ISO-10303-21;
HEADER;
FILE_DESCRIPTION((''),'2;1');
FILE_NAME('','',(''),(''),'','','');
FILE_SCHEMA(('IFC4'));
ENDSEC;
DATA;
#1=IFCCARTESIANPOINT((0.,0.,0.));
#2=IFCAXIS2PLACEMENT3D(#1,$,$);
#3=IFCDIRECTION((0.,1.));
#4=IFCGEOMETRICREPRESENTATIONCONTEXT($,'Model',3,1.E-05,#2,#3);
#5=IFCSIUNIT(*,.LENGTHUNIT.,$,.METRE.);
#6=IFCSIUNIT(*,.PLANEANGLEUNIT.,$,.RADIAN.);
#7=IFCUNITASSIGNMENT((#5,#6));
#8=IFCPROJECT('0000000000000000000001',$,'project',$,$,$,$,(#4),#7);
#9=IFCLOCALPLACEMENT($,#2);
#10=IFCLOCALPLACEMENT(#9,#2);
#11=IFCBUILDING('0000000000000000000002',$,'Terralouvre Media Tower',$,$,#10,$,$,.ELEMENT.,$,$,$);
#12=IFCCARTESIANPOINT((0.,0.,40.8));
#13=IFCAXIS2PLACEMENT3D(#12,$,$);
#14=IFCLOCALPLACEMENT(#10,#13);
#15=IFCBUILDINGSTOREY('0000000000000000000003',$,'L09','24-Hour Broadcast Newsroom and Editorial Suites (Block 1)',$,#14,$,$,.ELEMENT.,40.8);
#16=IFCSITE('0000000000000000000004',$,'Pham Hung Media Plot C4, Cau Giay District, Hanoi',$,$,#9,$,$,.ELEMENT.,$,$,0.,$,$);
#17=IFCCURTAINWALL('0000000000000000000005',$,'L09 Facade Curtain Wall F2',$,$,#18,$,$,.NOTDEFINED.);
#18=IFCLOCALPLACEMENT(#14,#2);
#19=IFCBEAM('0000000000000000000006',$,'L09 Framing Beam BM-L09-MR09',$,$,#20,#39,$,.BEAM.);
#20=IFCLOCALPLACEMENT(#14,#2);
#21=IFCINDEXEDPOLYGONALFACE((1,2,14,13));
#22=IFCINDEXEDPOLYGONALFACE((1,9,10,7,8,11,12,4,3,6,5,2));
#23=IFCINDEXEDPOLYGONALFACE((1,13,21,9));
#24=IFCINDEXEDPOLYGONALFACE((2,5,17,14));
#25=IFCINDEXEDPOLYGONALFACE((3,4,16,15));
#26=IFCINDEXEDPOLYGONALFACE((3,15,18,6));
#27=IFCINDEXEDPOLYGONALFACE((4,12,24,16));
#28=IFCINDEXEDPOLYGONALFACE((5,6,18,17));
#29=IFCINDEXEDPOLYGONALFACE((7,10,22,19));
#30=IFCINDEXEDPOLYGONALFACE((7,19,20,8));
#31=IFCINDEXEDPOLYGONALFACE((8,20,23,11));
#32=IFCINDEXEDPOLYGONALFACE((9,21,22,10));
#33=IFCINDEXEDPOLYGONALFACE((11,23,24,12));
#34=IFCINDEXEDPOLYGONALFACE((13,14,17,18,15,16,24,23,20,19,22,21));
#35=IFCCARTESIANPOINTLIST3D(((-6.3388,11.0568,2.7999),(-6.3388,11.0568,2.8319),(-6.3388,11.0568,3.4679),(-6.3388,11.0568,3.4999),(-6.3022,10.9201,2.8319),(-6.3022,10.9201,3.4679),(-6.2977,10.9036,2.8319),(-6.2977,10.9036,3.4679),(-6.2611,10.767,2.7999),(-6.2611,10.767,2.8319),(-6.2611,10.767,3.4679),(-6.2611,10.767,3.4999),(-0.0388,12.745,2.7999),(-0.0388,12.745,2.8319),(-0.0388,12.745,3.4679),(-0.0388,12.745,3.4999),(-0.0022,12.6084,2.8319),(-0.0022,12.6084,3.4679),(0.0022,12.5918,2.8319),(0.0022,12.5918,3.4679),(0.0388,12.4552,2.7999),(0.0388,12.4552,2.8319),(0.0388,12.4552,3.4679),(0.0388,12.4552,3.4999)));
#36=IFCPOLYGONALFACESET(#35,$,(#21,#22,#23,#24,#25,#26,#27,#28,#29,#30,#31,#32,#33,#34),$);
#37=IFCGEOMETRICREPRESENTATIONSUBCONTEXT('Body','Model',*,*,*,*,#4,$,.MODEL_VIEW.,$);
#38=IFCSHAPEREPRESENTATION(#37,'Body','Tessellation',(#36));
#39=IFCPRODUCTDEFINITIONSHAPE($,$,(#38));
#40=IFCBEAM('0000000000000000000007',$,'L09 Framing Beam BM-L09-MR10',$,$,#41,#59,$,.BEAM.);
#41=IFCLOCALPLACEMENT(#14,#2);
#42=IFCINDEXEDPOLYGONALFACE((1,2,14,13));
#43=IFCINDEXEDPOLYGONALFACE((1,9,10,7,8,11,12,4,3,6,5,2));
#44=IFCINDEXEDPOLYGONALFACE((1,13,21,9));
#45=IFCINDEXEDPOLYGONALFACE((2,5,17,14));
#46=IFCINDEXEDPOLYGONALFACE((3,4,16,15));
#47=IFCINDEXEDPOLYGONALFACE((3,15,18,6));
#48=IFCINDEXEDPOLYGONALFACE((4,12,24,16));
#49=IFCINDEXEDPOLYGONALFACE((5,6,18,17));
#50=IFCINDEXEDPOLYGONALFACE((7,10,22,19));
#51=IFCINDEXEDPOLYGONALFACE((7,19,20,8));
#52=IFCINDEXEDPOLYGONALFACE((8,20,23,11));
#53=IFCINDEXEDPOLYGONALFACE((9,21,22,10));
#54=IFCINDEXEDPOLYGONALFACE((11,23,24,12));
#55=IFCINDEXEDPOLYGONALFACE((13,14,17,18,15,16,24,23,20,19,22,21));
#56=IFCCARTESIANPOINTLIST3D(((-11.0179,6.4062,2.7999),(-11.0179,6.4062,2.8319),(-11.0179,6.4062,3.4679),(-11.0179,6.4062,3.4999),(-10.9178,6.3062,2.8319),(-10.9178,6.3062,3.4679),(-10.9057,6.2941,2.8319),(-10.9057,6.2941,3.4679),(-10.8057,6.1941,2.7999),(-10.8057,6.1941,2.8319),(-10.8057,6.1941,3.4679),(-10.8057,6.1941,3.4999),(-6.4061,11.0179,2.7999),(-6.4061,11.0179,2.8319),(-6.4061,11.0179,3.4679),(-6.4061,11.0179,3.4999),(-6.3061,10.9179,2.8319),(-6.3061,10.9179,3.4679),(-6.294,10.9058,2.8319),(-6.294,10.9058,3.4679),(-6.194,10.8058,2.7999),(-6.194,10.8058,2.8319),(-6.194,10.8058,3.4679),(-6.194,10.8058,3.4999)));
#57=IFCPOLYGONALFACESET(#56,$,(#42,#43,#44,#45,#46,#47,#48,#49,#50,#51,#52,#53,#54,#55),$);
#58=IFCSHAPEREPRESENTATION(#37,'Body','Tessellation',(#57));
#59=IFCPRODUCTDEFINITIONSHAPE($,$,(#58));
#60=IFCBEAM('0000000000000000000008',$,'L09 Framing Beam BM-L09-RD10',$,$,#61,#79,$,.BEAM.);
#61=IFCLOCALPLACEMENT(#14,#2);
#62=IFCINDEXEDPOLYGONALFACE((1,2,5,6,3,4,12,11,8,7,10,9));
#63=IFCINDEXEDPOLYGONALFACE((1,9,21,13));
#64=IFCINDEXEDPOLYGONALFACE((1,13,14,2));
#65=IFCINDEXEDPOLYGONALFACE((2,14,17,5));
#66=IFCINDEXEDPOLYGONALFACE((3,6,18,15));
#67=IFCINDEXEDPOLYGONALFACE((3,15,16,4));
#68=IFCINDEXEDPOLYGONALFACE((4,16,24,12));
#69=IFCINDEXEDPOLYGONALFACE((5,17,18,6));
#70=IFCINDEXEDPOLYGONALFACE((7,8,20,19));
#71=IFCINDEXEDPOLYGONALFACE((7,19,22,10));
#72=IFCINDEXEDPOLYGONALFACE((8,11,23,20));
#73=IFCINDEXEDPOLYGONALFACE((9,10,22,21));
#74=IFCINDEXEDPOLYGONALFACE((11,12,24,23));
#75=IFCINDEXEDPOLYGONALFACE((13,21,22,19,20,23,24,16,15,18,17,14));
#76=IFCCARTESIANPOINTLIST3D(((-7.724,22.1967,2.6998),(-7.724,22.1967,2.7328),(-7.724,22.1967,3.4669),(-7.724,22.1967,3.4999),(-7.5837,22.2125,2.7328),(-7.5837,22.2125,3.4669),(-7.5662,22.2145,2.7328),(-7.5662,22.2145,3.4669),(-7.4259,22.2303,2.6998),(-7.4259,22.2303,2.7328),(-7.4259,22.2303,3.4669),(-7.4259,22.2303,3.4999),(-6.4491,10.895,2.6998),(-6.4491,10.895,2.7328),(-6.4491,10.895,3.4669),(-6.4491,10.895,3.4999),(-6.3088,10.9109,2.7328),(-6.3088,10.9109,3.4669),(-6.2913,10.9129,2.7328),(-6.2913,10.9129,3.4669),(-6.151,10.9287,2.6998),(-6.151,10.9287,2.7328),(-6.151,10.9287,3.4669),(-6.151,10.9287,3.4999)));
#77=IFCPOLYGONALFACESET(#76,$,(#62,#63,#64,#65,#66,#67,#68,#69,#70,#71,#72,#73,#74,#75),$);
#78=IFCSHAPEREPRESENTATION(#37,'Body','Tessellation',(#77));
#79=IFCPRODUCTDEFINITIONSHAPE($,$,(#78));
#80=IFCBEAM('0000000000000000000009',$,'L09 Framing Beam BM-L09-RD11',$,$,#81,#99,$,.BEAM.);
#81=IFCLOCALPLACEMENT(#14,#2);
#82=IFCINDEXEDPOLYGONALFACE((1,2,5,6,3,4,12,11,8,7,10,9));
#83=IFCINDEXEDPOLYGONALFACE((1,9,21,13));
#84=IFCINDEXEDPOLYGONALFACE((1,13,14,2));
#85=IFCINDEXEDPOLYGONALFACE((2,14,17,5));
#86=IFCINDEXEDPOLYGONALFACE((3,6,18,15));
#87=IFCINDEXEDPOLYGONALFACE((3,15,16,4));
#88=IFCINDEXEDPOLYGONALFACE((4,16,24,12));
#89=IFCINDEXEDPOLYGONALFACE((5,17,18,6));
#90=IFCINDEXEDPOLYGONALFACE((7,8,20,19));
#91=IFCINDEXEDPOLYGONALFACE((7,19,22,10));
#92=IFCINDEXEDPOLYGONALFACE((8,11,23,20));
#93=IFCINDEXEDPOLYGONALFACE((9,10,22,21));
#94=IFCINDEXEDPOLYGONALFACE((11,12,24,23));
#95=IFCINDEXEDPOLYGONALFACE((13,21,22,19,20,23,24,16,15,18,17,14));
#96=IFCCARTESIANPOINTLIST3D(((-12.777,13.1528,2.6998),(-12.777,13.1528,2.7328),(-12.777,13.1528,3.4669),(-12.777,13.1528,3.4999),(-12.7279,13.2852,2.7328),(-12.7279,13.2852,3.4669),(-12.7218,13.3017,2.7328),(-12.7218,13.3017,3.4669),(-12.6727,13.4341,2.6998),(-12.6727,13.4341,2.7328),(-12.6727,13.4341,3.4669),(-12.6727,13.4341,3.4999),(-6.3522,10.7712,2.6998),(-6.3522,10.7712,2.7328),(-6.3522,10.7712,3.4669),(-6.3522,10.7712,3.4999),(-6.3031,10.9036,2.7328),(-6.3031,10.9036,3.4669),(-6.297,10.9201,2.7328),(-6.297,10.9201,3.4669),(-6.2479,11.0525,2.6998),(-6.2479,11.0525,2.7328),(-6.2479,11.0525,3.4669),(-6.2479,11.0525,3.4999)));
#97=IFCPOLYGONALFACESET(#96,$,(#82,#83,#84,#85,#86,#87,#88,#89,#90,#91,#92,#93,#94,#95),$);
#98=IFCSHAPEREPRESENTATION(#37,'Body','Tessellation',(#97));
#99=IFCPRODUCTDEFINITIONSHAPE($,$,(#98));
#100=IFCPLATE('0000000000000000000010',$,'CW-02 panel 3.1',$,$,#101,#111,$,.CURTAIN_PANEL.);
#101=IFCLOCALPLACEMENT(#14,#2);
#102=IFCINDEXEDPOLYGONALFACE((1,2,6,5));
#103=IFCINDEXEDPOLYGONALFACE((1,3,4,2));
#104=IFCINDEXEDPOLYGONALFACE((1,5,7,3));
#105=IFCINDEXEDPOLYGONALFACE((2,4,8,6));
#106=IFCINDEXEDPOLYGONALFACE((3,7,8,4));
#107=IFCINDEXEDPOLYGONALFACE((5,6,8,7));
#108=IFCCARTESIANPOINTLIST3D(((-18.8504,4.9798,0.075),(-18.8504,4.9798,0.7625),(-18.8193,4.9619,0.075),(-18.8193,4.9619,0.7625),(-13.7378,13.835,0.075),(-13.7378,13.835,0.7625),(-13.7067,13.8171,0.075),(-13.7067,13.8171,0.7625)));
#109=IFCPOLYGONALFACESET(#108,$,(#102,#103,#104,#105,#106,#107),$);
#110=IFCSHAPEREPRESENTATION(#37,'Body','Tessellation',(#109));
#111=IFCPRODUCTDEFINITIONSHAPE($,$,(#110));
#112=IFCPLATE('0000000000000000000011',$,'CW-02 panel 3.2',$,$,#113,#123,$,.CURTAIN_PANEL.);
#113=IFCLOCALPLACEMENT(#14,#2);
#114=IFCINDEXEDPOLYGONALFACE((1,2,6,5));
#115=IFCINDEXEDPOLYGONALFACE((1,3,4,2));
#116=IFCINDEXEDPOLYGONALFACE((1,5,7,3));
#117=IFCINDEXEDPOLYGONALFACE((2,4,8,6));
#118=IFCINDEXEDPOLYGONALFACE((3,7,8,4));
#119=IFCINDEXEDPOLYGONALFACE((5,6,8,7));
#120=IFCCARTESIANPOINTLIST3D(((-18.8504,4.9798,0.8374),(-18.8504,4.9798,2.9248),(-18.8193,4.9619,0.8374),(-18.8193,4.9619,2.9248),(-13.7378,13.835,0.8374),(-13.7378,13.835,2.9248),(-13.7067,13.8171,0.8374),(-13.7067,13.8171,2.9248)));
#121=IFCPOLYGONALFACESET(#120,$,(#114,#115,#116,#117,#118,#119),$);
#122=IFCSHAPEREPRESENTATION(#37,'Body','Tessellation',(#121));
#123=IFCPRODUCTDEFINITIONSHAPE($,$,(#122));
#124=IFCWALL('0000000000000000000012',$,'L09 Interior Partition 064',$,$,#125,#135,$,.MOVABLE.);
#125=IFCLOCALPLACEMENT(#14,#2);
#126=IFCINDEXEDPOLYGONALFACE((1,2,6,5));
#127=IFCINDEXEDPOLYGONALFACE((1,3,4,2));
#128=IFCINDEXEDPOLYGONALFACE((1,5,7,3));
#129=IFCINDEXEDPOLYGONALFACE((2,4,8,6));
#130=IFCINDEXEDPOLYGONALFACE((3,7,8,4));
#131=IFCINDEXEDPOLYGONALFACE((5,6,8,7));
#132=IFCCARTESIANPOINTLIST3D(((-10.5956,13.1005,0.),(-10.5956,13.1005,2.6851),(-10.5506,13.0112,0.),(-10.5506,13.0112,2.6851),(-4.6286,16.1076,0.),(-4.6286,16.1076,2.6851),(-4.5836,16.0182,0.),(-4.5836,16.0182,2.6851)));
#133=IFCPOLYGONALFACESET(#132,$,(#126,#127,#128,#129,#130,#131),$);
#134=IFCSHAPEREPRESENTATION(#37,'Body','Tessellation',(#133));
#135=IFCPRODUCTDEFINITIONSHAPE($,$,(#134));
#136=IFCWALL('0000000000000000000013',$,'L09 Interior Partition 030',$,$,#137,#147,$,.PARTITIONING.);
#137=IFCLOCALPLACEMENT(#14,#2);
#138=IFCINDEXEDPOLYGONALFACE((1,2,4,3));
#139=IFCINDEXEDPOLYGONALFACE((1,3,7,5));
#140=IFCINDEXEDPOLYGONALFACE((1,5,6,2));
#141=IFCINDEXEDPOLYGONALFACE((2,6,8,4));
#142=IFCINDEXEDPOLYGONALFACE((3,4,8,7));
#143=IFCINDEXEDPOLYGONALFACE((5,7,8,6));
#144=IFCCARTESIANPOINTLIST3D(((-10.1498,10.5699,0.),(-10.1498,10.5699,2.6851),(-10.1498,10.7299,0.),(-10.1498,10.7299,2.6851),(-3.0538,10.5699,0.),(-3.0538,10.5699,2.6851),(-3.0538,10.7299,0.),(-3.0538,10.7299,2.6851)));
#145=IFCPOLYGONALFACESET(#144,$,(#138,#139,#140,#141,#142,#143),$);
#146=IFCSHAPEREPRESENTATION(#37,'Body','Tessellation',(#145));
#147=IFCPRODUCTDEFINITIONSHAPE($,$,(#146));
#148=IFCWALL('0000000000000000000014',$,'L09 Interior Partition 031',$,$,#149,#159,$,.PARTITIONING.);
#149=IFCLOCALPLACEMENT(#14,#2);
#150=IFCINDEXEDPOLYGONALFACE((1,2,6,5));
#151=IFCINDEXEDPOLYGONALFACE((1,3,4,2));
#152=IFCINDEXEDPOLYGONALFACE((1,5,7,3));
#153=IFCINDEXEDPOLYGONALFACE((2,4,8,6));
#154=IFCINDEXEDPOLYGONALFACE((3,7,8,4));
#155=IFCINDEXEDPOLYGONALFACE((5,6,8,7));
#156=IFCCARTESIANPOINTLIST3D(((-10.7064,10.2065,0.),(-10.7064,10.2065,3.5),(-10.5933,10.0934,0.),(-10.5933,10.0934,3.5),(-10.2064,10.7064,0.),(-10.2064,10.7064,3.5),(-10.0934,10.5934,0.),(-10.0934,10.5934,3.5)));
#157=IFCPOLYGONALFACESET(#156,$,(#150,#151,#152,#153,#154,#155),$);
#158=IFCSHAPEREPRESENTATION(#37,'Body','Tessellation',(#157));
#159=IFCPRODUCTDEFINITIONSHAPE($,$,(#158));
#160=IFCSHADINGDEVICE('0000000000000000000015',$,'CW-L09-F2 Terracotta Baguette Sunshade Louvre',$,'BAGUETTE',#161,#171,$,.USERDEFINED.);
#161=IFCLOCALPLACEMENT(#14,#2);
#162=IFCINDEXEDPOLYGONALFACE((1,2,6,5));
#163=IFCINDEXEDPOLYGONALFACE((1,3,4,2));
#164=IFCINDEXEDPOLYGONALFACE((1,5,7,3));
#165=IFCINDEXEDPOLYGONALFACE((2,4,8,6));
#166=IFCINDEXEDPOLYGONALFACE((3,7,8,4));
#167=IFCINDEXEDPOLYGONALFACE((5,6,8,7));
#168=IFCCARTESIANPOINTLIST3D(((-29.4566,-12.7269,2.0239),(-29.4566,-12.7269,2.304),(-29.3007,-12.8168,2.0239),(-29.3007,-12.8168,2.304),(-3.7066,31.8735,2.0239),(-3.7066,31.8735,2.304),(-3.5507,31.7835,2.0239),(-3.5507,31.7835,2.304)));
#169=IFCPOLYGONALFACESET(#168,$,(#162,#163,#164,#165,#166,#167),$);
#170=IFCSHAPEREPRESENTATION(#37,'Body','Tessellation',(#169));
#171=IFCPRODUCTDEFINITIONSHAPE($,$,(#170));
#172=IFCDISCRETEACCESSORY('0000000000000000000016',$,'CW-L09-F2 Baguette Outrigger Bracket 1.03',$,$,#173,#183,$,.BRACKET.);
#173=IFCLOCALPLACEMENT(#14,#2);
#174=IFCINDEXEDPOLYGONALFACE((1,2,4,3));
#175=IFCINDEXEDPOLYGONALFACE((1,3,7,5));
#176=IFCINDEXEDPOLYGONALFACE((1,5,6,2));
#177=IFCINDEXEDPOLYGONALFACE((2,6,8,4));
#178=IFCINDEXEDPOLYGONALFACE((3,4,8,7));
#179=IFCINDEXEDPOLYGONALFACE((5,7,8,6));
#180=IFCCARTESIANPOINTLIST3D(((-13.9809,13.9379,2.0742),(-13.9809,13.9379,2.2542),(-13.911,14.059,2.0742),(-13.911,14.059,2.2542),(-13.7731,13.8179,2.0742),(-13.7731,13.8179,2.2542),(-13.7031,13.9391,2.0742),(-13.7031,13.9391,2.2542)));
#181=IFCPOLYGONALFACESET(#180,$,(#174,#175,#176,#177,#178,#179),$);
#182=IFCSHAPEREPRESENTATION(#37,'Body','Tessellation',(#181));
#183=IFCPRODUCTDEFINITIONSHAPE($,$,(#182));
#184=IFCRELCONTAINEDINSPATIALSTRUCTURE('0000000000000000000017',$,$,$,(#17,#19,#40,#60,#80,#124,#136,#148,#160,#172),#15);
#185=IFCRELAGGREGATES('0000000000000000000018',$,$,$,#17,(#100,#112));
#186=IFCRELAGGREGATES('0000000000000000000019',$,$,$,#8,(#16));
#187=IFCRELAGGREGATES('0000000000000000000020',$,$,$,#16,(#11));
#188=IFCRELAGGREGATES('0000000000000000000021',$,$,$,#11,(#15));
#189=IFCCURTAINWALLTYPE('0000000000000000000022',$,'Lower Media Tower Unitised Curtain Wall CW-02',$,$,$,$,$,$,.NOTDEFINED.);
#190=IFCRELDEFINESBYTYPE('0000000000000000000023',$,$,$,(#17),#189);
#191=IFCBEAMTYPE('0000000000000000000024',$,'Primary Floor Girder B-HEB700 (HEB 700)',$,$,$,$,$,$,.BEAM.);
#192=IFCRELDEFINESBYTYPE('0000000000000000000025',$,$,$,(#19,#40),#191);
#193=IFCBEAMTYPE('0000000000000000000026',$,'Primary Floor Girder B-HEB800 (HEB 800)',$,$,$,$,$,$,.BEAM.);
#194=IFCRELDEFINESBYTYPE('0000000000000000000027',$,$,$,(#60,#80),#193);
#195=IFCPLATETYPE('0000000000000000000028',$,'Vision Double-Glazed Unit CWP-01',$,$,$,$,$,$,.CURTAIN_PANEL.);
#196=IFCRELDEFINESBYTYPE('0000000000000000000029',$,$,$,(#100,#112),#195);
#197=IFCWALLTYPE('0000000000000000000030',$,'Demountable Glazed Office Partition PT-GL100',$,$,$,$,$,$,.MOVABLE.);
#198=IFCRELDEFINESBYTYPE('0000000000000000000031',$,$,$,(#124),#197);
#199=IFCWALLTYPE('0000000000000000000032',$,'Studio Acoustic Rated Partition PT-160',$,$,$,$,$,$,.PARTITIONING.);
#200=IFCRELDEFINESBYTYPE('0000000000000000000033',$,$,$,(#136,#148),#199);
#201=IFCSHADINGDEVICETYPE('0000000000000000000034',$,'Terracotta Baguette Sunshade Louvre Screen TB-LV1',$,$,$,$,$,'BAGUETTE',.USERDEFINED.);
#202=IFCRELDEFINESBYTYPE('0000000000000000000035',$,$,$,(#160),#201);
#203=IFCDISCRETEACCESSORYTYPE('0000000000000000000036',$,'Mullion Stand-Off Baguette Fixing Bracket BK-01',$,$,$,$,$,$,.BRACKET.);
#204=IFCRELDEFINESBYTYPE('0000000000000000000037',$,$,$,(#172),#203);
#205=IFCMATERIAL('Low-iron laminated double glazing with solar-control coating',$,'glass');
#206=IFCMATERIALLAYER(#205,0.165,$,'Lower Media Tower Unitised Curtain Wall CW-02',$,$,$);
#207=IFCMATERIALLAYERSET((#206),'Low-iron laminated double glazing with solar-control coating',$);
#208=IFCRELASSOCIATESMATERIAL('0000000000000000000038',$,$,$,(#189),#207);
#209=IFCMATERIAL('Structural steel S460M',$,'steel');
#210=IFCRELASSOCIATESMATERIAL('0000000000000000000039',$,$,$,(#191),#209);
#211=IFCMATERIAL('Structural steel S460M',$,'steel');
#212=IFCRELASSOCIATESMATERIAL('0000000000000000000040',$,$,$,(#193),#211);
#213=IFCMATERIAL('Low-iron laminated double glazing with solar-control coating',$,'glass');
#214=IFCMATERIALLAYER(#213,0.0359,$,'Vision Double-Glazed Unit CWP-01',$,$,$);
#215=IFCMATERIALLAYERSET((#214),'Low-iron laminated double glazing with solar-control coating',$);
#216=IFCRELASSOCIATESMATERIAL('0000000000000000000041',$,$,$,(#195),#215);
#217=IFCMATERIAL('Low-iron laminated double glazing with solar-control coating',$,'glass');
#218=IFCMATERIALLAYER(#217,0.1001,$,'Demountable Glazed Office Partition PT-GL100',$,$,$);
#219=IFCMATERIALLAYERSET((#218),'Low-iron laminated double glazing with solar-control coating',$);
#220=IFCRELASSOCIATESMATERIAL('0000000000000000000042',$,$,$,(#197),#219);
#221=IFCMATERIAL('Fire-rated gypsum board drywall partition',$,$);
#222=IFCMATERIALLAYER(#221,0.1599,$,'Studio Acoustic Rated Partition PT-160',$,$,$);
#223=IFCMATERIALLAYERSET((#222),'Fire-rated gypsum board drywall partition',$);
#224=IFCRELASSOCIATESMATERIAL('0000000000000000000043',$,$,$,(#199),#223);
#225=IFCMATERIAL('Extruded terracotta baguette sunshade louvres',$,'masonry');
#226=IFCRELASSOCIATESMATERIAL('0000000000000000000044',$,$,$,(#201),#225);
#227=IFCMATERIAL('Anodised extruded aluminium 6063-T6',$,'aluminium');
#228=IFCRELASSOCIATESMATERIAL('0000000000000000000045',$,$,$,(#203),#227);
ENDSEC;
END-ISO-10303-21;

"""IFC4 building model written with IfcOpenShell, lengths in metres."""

from ifc_helpers import new_model, si_unit, direction, frame, frame_2d, origin, origin_2d, place, context, subcontext, project, spatial, rectangle, i_section, extrude, material, layer, layer_set, material_profile, profile_set, type_object, element, aggregate, save


model = new_model("IFC4")

# Units and contexts
model_context = context("Model", 3, precision=1e-05, world=origin(), true_north=direction((0.0, 1.0)))
body_context = subcontext(model_context, "Body", "Model", "MODEL_VIEW")
ifc_project = project(units=[si_unit("LENGTHUNIT", "METRE"), si_unit("PLANEANGLEUNIT", "RADIAN")], contexts=[model_context])

# Site, building, storey
site_placement = place(None, origin())
site = spatial("IfcSite", under=ifc_project, at=site_placement, Name="Pham Hung Media Plot C4, Cau Giay District, Hanoi", CompositionType="ELEMENT", RefElevation=0.0)
building_placement = place(site_placement, origin())
building = spatial("IfcBuilding", under=site, at=building_placement, Name="Terralouvre Media Tower", CompositionType="ELEMENT")
storey_placement = place(building_placement, frame((0.0, 0.0, 40.8)))
storey = spatial("IfcBuildingStorey", under=building, at=storey_placement, Name="L09", Description="24-Hour Broadcast Newsroom and Editorial Suites (Block 1)", CompositionType="ELEMENT", Elevation=40.8)

# Curtain wall
ifc_material_1 = material(Name="Low-iron laminated double glazing with solar-control coating", Category="glass")
ifc_layer_1 = layer(ifc_material_1, 0.165, Name="Lower Media Tower Unitised Curtain Wall CW-02")
ifc_layer_set_1 = layer_set([ifc_layer_1], Name="Low-iron laminated double glazing with solar-control coating")
curtain_wall_type = type_object("IfcCurtainWallType", Name="Lower Media Tower Unitised Curtain Wall CW-02", PredefinedType="NOTDEFINED", material=ifc_layer_set_1)
curtain_wall_placement = place(storey_placement, origin())
curtain_wall = element("IfcCurtainWall", 1, at=curtain_wall_placement, inside=storey, type_object=curtain_wall_type, Name="L09 Facade Curtain Wall F2", PredefinedType="NOTDEFINED")

# Beams
ifc_material_2 = material(Name="Structural steel S460M", Category="steel")
ifc_material_profile_1 = material_profile(ifc_material_2, i_section(OverallWidth=0.3, OverallDepth=0.7, WebThickness=0.0171, FlangeThickness=0.032, at=origin_2d()), Name="HEB 700")
ifc_profile_set_1 = profile_set([ifc_material_profile_1], Name="Structural steel S460M")
beam_type_1 = type_object("IfcBeamType", Name="Primary Floor Girder B-HEB700 (HEB 700)", PredefinedType="BEAM", material=ifc_profile_set_1)
beam_1_placement = place(storey_placement, frame((0.0, 12.6001, 3.1499), z_axis=(-0.96592, -0.258839, 0.0), x_axis=(0.258839, -0.96592, 0.0)))
element("IfcBeam", 2, at=beam_1_placement, inside=storey, type_object=beam_type_1, Name="L09 Framing Beam BM-L09-MR09", PredefinedType="BEAM", context=body_context, shape_type="SweptSolid", body=[
    extrude(i_section(OverallWidth=0.3, OverallDepth=0.7, WebThickness=0.0171, FlangeThickness=0.032, at=origin_2d()), origin(), (0.0, 0.0, 1.0), 6.5222),
])
beam_2_placement = place(storey_placement, frame((-6.3, 10.9119, 3.1499), z_axis=(-0.707107, -0.707107, 0.0), x_axis=(0.707107, -0.707107, 0.0)))
element("IfcBeam", 3, at=beam_2_placement, inside=storey, type_object=beam_type_1, Name="L09 Framing Beam BM-L09-MR10", PredefinedType="BEAM", context=body_context, shape_type="SweptSolid", body=[
    extrude(i_section(OverallWidth=0.3, OverallDepth=0.7, WebThickness=0.0171, FlangeThickness=0.032, at=origin_2d()), origin(), (0.0, 0.0, 1.0), 6.522),
])
ifc_material_3 = material(Name="Structural steel S460M", Category="steel")
ifc_material_profile_2 = material_profile(ifc_material_3, i_section(OverallWidth=0.3, OverallDepth=0.8, WebThickness=0.0176, FlangeThickness=0.033, at=origin_2d()), Name="HEB 800")
ifc_profile_set_2 = profile_set([ifc_material_profile_2], Name="Structural steel S460M")
beam_type_2 = type_object("IfcBeamType", Name="Primary Floor Girder B-HEB800 (HEB 800)", PredefinedType="BEAM", material=ifc_profile_set_2)
beam_3_placement = place(storey_placement, frame((-6.3, 10.9119, 3.0999), z_axis=(-0.112097, 0.993697, 0.0), x_axis=(-0.993697, -0.112097, 0.0)))
element("IfcBeam", 4, at=beam_3_placement, inside=storey, type_object=beam_type_2, Name="L09 Framing Beam BM-L09-RD10", PredefinedType="BEAM", context=body_context, shape_type="SweptSolid", body=[
    extrude(i_section(OverallWidth=0.3, OverallDepth=0.8, WebThickness=0.0176, FlangeThickness=0.033, at=origin_2d()), origin(), (0.0, 0.0, 1.0), 11.3733),
])
beam_4_placement = place(storey_placement, frame((-6.3, 10.9119, 3.0999), z_axis=(-0.937652, 0.347575, 0.0), x_axis=(-0.347575, -0.937652, 0.0)))
element("IfcBeam", 5, at=beam_4_placement, inside=storey, type_object=beam_type_2, Name="L09 Framing Beam BM-L09-RD11", PredefinedType="BEAM", context=body_context, shape_type="SweptSolid", body=[
    extrude(i_section(OverallWidth=0.3, OverallDepth=0.8, WebThickness=0.0176, FlangeThickness=0.033, at=origin_2d()), origin(), (0.0, 0.0, 1.0), 6.8521),
])

# Plates
ifc_material_4 = material(Name="Low-iron laminated double glazing with solar-control coating", Category="glass")
ifc_layer_2 = layer(ifc_material_4, 0.0359, Name="Vision Double-Glazed Unit CWP-01")
ifc_layer_set_2 = layer_set([ifc_layer_2], Name="Low-iron laminated double glazing with solar-control coating")
plate_type = type_object("IfcPlateType", Name="Vision Double-Glazed Unit CWP-01", PredefinedType="CURTAIN_PANEL", material=ifc_layer_set_2)
plate_1_placement = place(storey_placement, frame((-16.2786, 9.3984, 0.075), z_axis=(0.0, 0.0, 1.0), x_axis=(-0.5, -0.866025, 0.0)))
plate_1 = element("IfcPlate", 6, at=plate_1_placement, type_object=plate_type, Name="CW-02 panel 3.1", PredefinedType="CURTAIN_PANEL", context=body_context, shape_type="SweptSolid", body=[
    extrude(rectangle(XDim=10.2251, YDim=0.0359, at=origin_2d()), origin(), (0.0, 0.0, 1.0), 0.6875),
])
plate_2_placement = place(storey_placement, frame((-16.2786, 9.3984, 0.8374), z_axis=(0.0, 0.0, 1.0), x_axis=(-0.5, -0.866025, 0.0)))
plate_2 = element("IfcPlate", 7, at=plate_2_placement, type_object=plate_type, Name="CW-02 panel 3.2", PredefinedType="CURTAIN_PANEL", context=body_context, shape_type="SweptSolid", body=[
    extrude(rectangle(XDim=10.2251, YDim=0.0359, at=origin_2d()), origin(), (0.0, 0.0, 1.0), 2.0874),
])
aggregate(curtain_wall, [plate_1, plate_2])

# Walls
ifc_material_5 = material(Name="Low-iron laminated double glazing with solar-control coating", Category="glass")
ifc_layer_3 = layer(ifc_material_5, 0.1001, Name="Demountable Glazed Office Partition PT-GL100")
ifc_layer_set_3 = layer_set([ifc_layer_3], Name="Low-iron laminated double glazing with solar-control coating")
wall_type_1 = type_object("IfcWallType", Name="Demountable Glazed Office Partition PT-GL100", PredefinedType="MOVABLE", material=ifc_layer_set_3)
wall_1_placement = place(storey_placement, frame((-10.573, 13.0559, 0.0), z_axis=(0.0, 0.0, 1.0), x_axis=(0.893012, 0.450032, 0.0)))
element("IfcWall", 8, at=wall_1_placement, inside=storey, type_object=wall_type_1, Name="L09 Interior Partition 064", PredefinedType="MOVABLE", context=body_context, shape_type="SweptSolid", body=[
    extrude(rectangle(XDim=6.6819, YDim=0.1001, at=frame_2d((3.3408, 0.0))), origin(), (0.0, 0.0, 1.0), 2.6851),
])
ifc_material_6 = material(Name="Fire-rated gypsum board drywall partition")
ifc_layer_4 = layer(ifc_material_6, 0.1599, Name="Studio Acoustic Rated Partition PT-160")
ifc_layer_set_4 = layer_set([ifc_layer_4], Name="Fire-rated gypsum board drywall partition")
wall_type_2 = type_object("IfcWallType", Name="Studio Acoustic Rated Partition PT-160", PredefinedType="PARTITIONING", material=ifc_layer_set_4)
wall_2_placement = place(storey_placement, frame((-3.054, 10.6499, 0.0), z_axis=(0.0, 0.0, 1.0), x_axis=(-1.0, 0.0, 0.0)))
element("IfcWall", 9, at=wall_2_placement, inside=storey, type_object=wall_type_2, Name="L09 Interior Partition 030", PredefinedType="PARTITIONING", context=body_context, shape_type="SweptSolid", body=[
    extrude(rectangle(XDim=7.0959, YDim=0.1599, at=frame_2d((3.5479, 0.0))), origin(), (0.0, 0.0, 1.0), 2.6851),
])
wall_3_placement = place(storey_placement, frame((-10.1499, 10.6499, 0.0), z_axis=(0.0, 0.0, 1.0), x_axis=(-0.707107, -0.707107, 0.0)))
element("IfcWall", 10, at=wall_3_placement, inside=storey, type_object=wall_type_2, Name="L09 Interior Partition 031", PredefinedType="PARTITIONING", context=body_context, shape_type="SweptSolid", body=[
    extrude(rectangle(XDim=0.707, YDim=0.1599, at=frame_2d((0.3535, 0.0))), origin(), (0.0, 0.0, 1.0), 3.5),
])

# Shading device
ifc_material_7 = material(Name="Extruded terracotta baguette sunshade louvres", Category="masonry")
shading_device_type = type_object("IfcShadingDeviceType", Name="Terracotta Baguette Sunshade Louvre Screen TB-LV1", ElementType="BAGUETTE", PredefinedType="USERDEFINED", material=ifc_material_7)
shading_device_placement = place(storey_placement, frame((-16.5037, 9.5283, 2.0239), z_axis=(0.0, 0.0, 1.0), x_axis=(-0.5, -0.866025, 0.0)))
element("IfcShadingDevice", 11, at=shading_device_placement, inside=storey, type_object=shading_device_type, Name="CW-L09-F2 Terracotta Baguette Sunshade Louvre", ObjectType="BAGUETTE", PredefinedType="USERDEFINED", context=body_context, shape_type="SweptSolid", body=[
    extrude(rectangle(XDim=51.5, YDim=0.1799, at=origin_2d()), origin(), (0.0, 0.0, 1.0), 0.28),
])

# Discrete accessory
ifc_material_8 = material(Name="Anodised extruded aluminium 6063-T6", Category="aluminium")
discrete_accessory_type = type_object("IfcDiscreteAccessoryType", Name="Mullion Stand-Off Baguette Fixing Bracket BK-01", PredefinedType="BRACKET", material=ifc_material_8)
discrete_accessory_placement = place(storey_placement, frame((-13.842, 13.9385, 2.0742), z_axis=(0.0, 0.0, 1.0), x_axis=(-0.5, -0.866025, 0.0)))
element("IfcDiscreteAccessory", 12, at=discrete_accessory_placement, inside=storey, type_object=discrete_accessory_type, Name="CW-L09-F2 Baguette Outrigger Bracket 1.03", PredefinedType="BRACKET", context=body_context, shape_type="SweptSolid", body=[
    extrude(rectangle(XDim=0.1399, YDim=0.24, at=origin_2d()), origin(), (0.0, 0.0, 1.0), 0.1799),
])

save(model, "model.ifc")
